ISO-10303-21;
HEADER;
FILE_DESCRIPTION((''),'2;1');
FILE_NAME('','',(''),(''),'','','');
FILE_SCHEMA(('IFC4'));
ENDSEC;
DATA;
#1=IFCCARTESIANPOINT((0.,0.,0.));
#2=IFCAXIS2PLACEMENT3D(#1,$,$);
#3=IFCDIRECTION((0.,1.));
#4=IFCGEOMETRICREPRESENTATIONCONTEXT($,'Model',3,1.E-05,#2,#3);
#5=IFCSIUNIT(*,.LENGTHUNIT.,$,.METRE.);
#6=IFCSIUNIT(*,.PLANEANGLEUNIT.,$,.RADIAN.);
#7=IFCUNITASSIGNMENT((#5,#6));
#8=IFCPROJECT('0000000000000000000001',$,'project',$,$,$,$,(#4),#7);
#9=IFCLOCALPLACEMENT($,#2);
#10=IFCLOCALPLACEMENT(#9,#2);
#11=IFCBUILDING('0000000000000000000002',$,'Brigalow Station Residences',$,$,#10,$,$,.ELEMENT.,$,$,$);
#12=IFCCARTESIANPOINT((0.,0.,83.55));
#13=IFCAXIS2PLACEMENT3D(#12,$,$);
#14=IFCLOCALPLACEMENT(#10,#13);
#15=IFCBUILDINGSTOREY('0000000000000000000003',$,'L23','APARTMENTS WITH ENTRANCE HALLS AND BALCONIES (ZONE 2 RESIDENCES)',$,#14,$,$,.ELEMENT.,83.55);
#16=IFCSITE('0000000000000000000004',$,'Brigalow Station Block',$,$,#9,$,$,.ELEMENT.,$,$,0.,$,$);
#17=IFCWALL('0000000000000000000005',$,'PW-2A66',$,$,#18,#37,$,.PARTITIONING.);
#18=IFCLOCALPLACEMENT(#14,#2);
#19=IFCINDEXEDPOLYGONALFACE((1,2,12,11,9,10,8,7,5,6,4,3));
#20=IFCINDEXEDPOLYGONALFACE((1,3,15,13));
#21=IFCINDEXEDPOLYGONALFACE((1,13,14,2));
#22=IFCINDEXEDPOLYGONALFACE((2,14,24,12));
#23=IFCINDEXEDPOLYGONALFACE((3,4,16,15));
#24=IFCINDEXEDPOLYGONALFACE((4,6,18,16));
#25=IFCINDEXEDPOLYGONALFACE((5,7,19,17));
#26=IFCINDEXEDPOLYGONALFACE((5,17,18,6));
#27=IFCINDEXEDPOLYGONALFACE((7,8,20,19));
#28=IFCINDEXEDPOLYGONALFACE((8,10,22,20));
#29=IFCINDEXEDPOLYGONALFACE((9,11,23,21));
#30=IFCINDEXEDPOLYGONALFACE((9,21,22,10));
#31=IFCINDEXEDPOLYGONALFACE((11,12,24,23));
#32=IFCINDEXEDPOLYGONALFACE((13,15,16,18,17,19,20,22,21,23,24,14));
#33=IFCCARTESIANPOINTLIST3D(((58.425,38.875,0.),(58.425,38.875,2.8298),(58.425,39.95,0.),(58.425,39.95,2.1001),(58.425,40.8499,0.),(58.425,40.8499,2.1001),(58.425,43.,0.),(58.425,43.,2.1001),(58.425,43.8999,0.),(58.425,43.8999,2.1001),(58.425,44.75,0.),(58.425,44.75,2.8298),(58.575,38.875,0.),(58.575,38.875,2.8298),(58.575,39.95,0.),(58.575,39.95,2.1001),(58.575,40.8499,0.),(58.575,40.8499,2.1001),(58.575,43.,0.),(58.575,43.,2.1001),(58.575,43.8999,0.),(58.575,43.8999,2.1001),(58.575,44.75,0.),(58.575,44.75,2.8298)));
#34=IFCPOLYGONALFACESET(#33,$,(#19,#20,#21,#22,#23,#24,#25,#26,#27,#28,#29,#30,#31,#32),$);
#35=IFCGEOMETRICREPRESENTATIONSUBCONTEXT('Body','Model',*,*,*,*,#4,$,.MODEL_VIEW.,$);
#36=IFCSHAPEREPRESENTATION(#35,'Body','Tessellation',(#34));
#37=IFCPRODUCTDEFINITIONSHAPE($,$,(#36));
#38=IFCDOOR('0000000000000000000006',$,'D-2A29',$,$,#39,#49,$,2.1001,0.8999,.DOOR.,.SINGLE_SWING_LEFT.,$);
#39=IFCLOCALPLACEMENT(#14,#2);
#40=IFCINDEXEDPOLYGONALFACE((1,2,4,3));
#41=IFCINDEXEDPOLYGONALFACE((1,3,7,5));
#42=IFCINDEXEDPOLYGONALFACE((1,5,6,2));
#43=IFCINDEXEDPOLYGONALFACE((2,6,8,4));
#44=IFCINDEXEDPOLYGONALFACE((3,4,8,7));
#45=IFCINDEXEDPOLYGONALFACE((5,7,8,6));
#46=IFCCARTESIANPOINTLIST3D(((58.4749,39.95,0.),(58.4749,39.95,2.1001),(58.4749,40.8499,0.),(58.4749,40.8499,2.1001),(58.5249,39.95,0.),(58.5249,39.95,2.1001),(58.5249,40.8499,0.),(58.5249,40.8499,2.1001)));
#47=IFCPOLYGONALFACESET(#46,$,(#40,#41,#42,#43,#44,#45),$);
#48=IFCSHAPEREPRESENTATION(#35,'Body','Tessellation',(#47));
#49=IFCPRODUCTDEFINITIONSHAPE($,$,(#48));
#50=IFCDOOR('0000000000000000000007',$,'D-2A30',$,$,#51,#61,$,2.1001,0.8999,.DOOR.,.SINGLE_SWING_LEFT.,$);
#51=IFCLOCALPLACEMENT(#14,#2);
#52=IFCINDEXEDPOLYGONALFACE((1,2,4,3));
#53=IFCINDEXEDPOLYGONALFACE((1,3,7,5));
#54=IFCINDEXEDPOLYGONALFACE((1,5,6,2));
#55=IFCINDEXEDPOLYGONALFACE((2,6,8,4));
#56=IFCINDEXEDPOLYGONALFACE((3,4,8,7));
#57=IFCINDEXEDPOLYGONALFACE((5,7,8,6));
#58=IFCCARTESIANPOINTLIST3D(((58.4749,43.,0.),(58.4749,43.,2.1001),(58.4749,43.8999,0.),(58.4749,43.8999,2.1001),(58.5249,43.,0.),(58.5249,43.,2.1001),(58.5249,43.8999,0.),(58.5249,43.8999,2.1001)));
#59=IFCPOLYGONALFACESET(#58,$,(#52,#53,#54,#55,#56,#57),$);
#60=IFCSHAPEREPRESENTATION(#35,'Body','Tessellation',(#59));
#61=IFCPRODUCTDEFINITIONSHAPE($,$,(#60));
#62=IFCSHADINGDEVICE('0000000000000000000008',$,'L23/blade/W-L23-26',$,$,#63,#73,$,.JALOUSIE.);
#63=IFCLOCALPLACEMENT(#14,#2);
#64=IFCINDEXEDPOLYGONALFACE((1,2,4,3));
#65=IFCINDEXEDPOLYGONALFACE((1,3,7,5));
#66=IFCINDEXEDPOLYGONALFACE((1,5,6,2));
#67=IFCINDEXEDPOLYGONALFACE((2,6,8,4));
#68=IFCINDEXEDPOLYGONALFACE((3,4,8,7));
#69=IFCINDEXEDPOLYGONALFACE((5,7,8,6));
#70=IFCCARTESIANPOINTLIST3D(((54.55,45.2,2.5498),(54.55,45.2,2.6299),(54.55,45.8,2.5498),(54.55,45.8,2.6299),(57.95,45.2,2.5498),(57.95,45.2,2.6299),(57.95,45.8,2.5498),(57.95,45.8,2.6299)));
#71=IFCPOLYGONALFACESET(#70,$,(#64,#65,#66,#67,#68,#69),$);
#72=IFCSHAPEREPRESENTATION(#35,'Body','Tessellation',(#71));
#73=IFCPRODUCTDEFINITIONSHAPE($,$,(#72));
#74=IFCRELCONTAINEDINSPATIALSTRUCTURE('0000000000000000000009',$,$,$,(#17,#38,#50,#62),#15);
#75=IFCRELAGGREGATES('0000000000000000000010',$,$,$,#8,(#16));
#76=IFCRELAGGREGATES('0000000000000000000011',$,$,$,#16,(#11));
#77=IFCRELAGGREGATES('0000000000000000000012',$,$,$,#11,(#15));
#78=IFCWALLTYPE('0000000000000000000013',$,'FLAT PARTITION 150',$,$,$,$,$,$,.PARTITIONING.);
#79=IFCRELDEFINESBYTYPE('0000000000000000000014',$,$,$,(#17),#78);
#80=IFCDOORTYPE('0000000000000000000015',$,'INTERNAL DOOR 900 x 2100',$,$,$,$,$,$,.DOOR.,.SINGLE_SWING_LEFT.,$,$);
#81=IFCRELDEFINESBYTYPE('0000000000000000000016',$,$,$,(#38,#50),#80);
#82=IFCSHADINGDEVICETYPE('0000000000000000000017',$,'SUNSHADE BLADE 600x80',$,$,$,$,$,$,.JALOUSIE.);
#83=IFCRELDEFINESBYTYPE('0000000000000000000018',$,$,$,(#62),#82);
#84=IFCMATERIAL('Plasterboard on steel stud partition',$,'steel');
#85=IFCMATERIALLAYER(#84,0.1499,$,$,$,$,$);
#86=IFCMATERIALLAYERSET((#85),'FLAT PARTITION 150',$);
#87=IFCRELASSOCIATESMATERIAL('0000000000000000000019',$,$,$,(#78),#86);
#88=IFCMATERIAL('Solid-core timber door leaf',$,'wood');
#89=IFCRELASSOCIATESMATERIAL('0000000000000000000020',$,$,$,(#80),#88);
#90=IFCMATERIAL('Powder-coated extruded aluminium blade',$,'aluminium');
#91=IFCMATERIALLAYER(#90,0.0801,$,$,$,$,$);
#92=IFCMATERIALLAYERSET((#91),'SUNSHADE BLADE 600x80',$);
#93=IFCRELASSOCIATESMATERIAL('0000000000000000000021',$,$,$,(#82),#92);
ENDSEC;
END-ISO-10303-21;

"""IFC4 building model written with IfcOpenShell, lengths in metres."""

from ifc_helpers import new_model, si_unit, direction, frame, frame_2d, origin, origin_2d, place, context, subcontext, project, spatial, rectangle, extrude, material, layer, layer_set, type_object, element, fill, save


model = new_model("IFC4")

# Units and contexts
model_context = context("Model", 3, precision=1e-05, world=origin(), true_north=direction((0.0, 1.0)))
body_context = subcontext(model_context, "Body", "Model", "MODEL_VIEW")
ifc_project = project(units=[si_unit("LENGTHUNIT", "METRE"), si_unit("PLANEANGLEUNIT", "RADIAN")], contexts=[model_context])

# Site, building, storey
site_placement = place(None, origin())
site = spatial("IfcSite", under=ifc_project, at=site_placement, Name="Brigalow Station Block", CompositionType="ELEMENT", RefElevation=0.0)
building_placement = place(site_placement, origin())
building = spatial("IfcBuilding", under=site, at=building_placement, Name="Brigalow Station Residences", CompositionType="ELEMENT")
storey_placement = place(building_placement, frame((0.0, 0.0, 83.55)))
storey = spatial("IfcBuildingStorey", under=building, at=storey_placement, Name="L23", Description="APARTMENTS WITH ENTRANCE HALLS AND BALCONIES (ZONE 2 RESIDENCES)", CompositionType="ELEMENT", Elevation=83.55)

# Shared definitions
ifc_material_1 = material(Name="Plasterboard on steel stud partition", Category="steel")
ifc_layer_1 = layer(ifc_material_1, 0.1499)
ifc_layer_set_1 = layer_set([ifc_layer_1], Name="FLAT PARTITION 150")
wall_type_1 = type_object("IfcWallType", Name="FLAT PARTITION 150", PredefinedType="PARTITIONING", material=ifc_layer_set_1)
ifc_material_2 = material(Name="Solid-core timber door leaf", Category="wood")
door_type_1 = type_object("IfcDoorType", Name="INTERNAL DOOR 900 x 2100", OperationType="SINGLE_SWING_LEFT", PredefinedType="DOOR", material=ifc_material_2)

# Wall, openings, doors
wall_1_placement = place(storey_placement, frame((58.5, 38.875, 0.0), z_axis=(0.0, 0.0, 1.0), x_axis=(0.0, 1.0, 0.0)))
wall_1 = element("IfcWall", 1, at=wall_1_placement, inside=storey, type_object=wall_type_1, Name="PW-2A66", PredefinedType="PARTITIONING", context=body_context, shape_type="SweptSolid", body=[
    extrude(rectangle(XDim=5.875, YDim=0.1499, at=frame_2d((2.9375, 0.0))), origin(), (0.0, 0.0, 1.0), 2.8298),
])
opening_1_placement = place(wall_1_placement, frame((1.075, 0.0, 0.0)))
opening_1 = element("IfcOpeningElement", 2, at=opening_1_placement, cuts=wall_1, PredefinedType="OPENING", context=body_context, shape_type="SweptSolid", body=[
    extrude(rectangle(XDim=0.8999, YDim=2.1001, at=frame_2d((0.45, 1.05))), frame((0.0, 0.085, 0.0), z_axis=(0.0, -1.0, 0.0), x_axis=(1.0, 0.0, 0.0)), (0.0, 0.0, 1.0), 0.1699),
])
opening_2_placement = place(wall_1_placement, frame((4.125, 0.0, 0.0)))
opening_2 = element("IfcOpeningElement", 3, at=opening_2_placement, cuts=wall_1, PredefinedType="OPENING", context=body_context, shape_type="SweptSolid", body=[
    extrude(rectangle(XDim=0.8999, YDim=2.1001, at=frame_2d((0.45, 1.05))), frame((0.0, 0.085, 0.0), z_axis=(0.0, -1.0, 0.0), x_axis=(1.0, 0.0, 0.0)), (0.0, 0.0, 1.0), 0.1699),
])
door_1_placement = place(opening_1_placement, frame((0.8999, 0.0, 0.0), z_axis=(0.0, 0.0, 1.0), x_axis=(-1.0, 0.0, 0.0)))
door_1 = element("IfcDoor", 4, at=door_1_placement, inside=storey, type_object=door_type_1, Name="D-2A29", OperationType="SINGLE_SWING_LEFT", OverallHeight=2.1001, OverallWidth=0.8999, PredefinedType="DOOR", context=body_context, shape_type="SweptSolid", body=[
    extrude(rectangle(XDim=0.8999, YDim=2.1001, at=frame_2d((0.45, 1.05))), frame((0.0, 0.0249, 0.0), z_axis=(0.0, -1.0, 0.0), x_axis=(1.0, 0.0, 0.0)), (0.0, 0.0, 1.0), 0.05),
])
fill(opening_1, door_1)
door_2_placement = place(opening_2_placement, frame((0.8999, 0.0, 0.0), z_axis=(0.0, 0.0, 1.0), x_axis=(-1.0, 0.0, 0.0)))
door_2 = element("IfcDoor", 5, at=door_2_placement, inside=storey, type_object=door_type_1, Name="D-2A30", OperationType="SINGLE_SWING_LEFT", OverallHeight=2.1001, OverallWidth=0.8999, PredefinedType="DOOR", context=body_context, shape_type="SweptSolid", body=[
    extrude(rectangle(XDim=0.8999, YDim=2.1001, at=frame_2d((0.45, 1.05))), frame((0.0, 0.0249, 0.0), z_axis=(0.0, -1.0, 0.0), x_axis=(1.0, 0.0, 0.0)), (0.0, 0.0, 1.0), 0.05),
])
fill(opening_2, door_2)

# Shading device
ifc_material_3 = material(Name="Powder-coated extruded aluminium blade", Category="aluminium")
ifc_layer_2 = layer(ifc_material_3, 0.0801)
ifc_layer_set_2 = layer_set([ifc_layer_2], Name="SUNSHADE BLADE 600x80")
shading_device_type = type_object("IfcShadingDeviceType", Name="SUNSHADE BLADE 600x80", PredefinedType="JALOUSIE", material=ifc_layer_set_2)
shading_device_placement = place(storey_placement, frame((56.25, 45.5, 2.5498), z_axis=(0.0, 0.0, 1.0), x_axis=(-1.0, 0.0, 0.0)))
element("IfcShadingDevice", 6, at=shading_device_placement, inside=storey, type_object=shading_device_type, Name="L23/blade/W-L23-26", PredefinedType="JALOUSIE", context=body_context, shape_type="SweptSolid", body=[
    extrude(rectangle(XDim=3.3999, YDim=0.6001, at=origin_2d()), origin(), (0.0, 0.0, 1.0), 0.0801),
])

save(model, "model.ifc")
